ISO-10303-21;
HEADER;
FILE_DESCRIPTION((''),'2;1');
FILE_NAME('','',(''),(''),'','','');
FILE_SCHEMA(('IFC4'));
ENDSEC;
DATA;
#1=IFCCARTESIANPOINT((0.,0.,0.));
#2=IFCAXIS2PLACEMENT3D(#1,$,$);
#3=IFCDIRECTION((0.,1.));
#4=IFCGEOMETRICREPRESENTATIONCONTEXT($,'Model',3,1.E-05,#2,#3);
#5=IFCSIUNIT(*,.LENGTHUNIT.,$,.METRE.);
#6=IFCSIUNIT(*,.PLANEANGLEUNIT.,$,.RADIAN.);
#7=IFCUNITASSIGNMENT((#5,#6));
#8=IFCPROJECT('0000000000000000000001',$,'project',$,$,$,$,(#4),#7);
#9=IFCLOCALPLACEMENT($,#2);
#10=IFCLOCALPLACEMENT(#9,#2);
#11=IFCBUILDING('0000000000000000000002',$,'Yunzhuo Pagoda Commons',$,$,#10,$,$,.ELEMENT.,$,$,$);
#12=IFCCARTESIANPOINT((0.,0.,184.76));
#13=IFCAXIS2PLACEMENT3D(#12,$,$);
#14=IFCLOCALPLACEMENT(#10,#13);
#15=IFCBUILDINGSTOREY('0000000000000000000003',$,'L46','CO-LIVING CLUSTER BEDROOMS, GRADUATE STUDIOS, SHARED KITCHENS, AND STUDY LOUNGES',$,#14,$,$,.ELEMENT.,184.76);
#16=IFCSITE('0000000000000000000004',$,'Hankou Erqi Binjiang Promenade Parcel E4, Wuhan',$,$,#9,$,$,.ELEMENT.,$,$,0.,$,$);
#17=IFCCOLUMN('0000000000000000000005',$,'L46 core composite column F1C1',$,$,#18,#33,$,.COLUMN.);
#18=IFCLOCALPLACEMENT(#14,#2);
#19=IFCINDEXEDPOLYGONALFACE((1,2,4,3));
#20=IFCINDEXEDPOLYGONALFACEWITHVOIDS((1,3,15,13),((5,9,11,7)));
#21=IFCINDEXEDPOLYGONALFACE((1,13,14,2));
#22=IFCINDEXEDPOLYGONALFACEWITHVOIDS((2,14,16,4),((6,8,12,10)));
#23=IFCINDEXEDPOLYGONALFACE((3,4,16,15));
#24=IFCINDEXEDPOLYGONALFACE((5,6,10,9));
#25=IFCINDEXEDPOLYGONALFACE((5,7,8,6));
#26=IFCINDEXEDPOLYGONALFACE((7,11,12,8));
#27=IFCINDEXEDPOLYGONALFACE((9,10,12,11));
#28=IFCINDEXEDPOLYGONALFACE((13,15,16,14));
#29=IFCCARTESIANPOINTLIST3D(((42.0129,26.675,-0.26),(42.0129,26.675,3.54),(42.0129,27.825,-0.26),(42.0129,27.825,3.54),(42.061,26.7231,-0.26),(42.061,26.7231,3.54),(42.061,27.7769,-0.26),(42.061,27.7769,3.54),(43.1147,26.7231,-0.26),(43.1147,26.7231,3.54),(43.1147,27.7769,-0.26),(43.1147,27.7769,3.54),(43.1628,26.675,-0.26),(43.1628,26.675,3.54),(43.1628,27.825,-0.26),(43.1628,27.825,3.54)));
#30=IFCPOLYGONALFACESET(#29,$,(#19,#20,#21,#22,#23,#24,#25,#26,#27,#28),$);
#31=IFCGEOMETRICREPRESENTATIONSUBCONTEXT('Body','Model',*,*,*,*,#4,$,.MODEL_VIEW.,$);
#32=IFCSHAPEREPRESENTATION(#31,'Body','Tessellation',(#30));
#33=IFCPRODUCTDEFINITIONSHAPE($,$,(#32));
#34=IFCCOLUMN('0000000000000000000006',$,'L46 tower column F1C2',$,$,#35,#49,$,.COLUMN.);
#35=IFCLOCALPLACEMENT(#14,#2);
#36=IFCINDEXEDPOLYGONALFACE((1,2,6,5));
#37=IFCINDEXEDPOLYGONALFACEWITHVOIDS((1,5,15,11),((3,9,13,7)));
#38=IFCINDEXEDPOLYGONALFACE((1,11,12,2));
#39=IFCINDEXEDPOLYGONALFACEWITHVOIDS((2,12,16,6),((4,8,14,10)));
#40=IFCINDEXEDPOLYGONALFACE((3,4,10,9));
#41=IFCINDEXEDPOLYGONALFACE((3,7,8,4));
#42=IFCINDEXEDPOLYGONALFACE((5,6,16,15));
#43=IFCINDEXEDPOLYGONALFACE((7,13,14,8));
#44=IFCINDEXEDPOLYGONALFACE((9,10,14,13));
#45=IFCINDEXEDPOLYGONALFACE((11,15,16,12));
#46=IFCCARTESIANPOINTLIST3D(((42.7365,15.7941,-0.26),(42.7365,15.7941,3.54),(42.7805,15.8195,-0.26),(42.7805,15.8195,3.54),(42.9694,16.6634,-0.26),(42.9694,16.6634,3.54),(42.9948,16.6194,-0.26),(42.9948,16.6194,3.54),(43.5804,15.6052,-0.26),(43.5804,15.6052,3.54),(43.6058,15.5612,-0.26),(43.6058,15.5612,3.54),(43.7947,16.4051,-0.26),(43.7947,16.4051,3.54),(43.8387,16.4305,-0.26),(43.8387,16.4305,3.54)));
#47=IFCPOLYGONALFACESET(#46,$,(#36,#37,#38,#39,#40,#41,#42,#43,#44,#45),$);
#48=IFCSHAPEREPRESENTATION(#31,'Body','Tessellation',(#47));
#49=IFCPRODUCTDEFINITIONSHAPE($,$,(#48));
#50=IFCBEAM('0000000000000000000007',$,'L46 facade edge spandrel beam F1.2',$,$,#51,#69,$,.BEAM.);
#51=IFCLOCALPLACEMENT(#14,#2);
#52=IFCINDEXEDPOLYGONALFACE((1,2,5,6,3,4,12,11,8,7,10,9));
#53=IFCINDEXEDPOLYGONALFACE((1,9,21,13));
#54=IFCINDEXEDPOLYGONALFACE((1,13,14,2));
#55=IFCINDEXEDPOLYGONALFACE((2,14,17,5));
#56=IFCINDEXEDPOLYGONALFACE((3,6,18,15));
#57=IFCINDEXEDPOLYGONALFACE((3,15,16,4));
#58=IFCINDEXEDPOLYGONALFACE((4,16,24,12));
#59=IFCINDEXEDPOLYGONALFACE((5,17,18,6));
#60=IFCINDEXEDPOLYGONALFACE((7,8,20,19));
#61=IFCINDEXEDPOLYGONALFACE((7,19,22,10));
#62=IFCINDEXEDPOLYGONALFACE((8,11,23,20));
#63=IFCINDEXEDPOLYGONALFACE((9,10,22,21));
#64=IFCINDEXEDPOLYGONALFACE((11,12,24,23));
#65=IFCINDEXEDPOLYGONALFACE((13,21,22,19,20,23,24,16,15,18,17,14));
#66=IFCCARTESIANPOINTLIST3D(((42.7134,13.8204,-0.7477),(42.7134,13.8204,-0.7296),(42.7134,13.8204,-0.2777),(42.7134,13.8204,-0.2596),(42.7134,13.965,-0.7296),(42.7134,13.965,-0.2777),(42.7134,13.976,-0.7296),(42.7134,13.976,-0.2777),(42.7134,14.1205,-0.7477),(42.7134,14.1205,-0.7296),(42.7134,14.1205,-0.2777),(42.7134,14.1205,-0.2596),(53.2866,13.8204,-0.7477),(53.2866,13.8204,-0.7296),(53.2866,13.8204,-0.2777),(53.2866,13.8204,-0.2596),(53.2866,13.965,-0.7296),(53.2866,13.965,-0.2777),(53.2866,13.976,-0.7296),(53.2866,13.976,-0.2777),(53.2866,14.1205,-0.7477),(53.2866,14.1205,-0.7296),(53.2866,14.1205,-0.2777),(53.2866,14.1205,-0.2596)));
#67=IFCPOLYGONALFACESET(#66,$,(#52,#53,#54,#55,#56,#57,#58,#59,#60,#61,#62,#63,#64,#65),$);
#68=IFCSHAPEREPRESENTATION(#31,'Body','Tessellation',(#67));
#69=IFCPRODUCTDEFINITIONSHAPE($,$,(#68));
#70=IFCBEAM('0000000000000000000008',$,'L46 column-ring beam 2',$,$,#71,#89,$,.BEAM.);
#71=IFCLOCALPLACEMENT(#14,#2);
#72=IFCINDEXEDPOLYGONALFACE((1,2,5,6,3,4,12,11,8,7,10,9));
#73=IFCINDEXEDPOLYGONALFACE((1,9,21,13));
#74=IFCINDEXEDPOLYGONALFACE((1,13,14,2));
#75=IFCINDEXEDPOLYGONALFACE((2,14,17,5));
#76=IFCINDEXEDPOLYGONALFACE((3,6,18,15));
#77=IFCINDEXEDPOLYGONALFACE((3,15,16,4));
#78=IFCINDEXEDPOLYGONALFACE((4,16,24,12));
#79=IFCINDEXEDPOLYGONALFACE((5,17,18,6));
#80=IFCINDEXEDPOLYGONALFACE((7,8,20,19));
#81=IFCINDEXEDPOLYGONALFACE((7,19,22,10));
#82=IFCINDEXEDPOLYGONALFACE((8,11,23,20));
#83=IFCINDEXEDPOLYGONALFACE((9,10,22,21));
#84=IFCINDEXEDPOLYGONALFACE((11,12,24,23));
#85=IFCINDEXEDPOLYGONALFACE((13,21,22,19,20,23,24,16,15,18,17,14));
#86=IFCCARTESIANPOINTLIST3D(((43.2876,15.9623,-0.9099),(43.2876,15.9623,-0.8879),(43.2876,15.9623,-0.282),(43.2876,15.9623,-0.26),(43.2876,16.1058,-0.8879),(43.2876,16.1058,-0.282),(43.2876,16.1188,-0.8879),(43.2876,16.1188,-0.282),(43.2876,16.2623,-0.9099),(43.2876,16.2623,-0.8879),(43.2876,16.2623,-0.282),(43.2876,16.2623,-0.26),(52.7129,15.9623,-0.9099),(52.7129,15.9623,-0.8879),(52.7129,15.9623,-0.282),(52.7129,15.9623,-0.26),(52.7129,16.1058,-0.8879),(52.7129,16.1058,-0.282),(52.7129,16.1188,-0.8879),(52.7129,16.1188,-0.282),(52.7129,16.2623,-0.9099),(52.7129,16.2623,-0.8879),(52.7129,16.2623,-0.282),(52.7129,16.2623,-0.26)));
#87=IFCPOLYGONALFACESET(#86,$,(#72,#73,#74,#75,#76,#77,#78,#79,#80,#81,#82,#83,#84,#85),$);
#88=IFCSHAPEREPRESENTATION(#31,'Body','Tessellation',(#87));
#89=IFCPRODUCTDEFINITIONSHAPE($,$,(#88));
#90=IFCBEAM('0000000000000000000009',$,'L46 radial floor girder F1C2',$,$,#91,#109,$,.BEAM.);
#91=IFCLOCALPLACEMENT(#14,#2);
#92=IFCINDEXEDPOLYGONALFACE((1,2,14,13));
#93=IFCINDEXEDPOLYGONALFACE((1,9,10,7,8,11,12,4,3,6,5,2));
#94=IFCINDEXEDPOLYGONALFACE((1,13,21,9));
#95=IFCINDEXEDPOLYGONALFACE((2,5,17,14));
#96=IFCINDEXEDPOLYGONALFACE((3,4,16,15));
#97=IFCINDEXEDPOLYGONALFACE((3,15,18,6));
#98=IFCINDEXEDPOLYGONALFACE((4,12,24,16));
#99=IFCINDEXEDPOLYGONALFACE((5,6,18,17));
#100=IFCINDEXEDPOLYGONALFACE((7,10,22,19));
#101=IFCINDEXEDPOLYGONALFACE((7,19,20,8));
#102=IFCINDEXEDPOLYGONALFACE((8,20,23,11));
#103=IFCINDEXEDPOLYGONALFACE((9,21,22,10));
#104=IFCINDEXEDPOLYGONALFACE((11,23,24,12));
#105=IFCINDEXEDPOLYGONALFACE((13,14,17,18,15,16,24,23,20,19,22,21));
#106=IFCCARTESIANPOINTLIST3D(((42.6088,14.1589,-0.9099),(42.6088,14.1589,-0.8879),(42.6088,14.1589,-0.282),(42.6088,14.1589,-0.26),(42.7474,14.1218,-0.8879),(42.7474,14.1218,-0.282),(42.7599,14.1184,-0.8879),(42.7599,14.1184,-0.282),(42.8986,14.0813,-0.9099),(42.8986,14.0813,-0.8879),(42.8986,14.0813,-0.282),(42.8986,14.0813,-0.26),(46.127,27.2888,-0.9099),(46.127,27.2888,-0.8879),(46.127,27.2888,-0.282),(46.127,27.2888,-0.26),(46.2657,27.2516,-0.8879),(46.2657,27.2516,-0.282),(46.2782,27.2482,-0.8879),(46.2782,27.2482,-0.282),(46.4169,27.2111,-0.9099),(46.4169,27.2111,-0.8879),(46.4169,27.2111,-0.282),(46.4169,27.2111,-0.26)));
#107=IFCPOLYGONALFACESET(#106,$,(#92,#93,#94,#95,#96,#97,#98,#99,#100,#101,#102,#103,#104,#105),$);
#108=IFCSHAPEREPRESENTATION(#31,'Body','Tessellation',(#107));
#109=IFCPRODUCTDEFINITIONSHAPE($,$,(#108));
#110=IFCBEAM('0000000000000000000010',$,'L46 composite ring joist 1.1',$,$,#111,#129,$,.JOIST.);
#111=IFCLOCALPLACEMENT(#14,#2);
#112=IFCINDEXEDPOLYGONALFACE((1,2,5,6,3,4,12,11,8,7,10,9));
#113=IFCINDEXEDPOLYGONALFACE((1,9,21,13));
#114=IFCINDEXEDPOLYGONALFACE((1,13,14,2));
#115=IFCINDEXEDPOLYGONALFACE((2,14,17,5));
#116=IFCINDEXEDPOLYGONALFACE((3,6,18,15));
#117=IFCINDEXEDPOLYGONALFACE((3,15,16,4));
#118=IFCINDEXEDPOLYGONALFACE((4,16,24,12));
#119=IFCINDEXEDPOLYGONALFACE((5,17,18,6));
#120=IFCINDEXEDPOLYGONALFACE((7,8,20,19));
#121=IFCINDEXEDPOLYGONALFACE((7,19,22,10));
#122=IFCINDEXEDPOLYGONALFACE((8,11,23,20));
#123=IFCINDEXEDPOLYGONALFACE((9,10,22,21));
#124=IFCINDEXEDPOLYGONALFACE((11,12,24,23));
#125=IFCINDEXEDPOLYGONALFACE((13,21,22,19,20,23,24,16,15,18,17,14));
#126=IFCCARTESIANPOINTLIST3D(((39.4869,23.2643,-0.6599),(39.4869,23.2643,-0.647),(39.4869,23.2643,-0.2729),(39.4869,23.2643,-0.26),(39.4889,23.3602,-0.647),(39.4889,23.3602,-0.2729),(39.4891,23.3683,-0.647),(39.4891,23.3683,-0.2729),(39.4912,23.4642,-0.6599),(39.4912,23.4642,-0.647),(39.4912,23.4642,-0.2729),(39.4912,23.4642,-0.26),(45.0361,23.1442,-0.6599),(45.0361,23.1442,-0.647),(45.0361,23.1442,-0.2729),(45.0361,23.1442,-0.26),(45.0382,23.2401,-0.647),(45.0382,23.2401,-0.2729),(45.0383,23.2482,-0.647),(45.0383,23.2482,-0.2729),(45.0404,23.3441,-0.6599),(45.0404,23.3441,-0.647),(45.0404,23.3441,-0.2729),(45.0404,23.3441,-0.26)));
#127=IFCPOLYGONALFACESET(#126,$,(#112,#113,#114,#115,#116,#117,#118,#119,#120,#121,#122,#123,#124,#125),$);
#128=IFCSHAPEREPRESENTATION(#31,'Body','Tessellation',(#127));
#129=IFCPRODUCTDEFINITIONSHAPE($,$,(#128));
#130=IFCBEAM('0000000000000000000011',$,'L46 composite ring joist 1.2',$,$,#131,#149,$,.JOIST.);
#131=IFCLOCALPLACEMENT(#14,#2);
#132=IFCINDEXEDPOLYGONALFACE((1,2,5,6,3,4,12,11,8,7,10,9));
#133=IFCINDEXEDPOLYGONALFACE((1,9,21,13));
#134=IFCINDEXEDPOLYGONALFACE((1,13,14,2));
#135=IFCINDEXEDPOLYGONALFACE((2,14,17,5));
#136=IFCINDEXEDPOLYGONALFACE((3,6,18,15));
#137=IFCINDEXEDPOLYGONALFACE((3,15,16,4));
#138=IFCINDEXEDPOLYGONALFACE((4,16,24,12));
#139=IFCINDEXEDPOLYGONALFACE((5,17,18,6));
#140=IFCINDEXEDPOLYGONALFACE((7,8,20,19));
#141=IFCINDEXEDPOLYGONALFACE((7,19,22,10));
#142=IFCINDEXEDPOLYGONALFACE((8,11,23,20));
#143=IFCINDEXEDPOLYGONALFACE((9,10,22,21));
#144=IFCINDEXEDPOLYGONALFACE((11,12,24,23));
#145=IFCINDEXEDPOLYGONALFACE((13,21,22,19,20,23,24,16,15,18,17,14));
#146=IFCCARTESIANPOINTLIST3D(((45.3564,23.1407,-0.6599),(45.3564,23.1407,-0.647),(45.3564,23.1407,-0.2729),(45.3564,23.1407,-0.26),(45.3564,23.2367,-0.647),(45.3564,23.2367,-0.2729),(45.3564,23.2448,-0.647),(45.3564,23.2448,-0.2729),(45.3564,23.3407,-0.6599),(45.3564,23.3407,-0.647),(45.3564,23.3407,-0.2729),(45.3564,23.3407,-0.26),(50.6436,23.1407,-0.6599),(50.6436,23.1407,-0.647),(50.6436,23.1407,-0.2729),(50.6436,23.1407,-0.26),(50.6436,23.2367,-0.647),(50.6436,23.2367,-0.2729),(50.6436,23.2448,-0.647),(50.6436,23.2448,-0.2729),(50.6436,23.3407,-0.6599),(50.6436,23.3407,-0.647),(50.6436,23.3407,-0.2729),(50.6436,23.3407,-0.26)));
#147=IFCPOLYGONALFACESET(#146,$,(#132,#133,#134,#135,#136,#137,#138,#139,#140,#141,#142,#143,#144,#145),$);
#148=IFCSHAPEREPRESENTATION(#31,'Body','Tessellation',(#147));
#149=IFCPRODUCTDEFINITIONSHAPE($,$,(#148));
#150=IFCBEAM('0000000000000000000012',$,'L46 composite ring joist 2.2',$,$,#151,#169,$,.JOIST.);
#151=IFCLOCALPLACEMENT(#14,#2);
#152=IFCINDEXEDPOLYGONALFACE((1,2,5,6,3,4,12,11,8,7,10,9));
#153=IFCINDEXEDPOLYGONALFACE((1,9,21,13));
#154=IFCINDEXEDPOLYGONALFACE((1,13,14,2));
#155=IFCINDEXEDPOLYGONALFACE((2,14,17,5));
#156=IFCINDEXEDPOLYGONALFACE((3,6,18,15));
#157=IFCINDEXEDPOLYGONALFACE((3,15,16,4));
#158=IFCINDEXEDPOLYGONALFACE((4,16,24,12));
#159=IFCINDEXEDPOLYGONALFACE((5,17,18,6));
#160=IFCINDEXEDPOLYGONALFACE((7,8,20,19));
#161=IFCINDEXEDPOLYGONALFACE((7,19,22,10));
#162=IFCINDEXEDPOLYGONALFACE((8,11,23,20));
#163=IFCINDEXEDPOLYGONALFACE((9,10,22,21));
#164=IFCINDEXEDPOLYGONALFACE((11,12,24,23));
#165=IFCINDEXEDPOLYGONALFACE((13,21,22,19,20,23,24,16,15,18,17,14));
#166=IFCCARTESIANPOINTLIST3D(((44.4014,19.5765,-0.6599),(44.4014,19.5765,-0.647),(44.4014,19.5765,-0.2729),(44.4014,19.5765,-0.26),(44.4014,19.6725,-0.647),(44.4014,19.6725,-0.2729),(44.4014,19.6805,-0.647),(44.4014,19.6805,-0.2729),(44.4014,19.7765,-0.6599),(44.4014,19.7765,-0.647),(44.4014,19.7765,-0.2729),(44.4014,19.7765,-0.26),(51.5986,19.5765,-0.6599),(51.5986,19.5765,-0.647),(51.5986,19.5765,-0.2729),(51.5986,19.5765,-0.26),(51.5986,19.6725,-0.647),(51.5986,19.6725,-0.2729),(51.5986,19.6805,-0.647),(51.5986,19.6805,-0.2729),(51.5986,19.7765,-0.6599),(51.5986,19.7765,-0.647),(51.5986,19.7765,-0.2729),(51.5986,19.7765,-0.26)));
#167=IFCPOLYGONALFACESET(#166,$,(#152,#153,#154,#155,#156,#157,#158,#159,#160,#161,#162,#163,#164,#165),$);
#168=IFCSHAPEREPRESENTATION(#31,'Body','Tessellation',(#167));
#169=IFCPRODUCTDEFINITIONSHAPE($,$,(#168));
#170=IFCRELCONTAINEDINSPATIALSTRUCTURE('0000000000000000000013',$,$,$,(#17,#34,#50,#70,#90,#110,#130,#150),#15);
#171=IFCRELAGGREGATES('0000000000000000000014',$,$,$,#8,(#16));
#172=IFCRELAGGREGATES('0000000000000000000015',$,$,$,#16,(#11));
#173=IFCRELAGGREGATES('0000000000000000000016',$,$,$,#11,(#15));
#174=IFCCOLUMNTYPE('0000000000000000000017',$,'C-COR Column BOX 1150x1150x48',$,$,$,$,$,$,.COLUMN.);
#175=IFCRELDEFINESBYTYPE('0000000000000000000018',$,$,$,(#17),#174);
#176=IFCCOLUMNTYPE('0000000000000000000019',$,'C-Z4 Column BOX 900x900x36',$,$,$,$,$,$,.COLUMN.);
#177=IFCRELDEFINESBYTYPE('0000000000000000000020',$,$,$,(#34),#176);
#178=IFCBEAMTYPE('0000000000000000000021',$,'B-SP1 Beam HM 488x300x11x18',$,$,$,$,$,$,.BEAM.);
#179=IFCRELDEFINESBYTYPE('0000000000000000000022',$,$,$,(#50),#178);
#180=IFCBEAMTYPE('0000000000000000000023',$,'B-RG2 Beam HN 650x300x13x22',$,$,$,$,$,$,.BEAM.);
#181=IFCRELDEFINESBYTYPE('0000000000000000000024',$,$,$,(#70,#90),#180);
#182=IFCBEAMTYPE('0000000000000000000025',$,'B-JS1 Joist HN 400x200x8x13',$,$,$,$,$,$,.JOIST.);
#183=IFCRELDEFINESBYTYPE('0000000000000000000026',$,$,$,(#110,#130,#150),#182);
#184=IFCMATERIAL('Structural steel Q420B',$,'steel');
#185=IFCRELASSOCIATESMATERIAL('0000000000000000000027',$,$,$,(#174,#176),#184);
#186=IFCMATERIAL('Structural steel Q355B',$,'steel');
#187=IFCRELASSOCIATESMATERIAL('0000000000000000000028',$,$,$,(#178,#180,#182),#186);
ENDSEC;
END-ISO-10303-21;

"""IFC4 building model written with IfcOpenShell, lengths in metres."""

from ifc_helpers import new_model, si_unit, direction, frame, origin, origin_2d, place, context, subcontext, project, spatial, hollow_rectangle, i_section, extrude, source, transform, mapped, material, material_profile, profile_set, type_object, element, save


model = new_model("IFC4")

# Units and contexts
model_context = context("Model", 3, precision=1e-05, world=origin(), true_north=direction((0.0, 1.0)))
body_context = subcontext(model_context, "Body", "Model", "MODEL_VIEW")
ifc_project = project(units=[si_unit("LENGTHUNIT", "METRE"), si_unit("PLANEANGLEUNIT", "RADIAN")], contexts=[model_context])

# Site, building, storey
site_placement = place(None, origin())
site = spatial("IfcSite", under=ifc_project, at=site_placement, Name="Hankou Erqi Binjiang Promenade Parcel E4, Wuhan", CompositionType="ELEMENT", RefElevation=0.0)
building_placement = place(site_placement, origin())
building = spatial("IfcBuilding", under=site, at=building_placement, Name="Yunzhuo Pagoda Commons", CompositionType="ELEMENT")
storey_placement = place(building_placement, frame((0.0, 0.0, 184.76)))
storey = spatial("IfcBuildingStorey", under=building, at=storey_placement, Name="L46", Description="CO-LIVING CLUSTER BEDROOMS, GRADUATE STUDIOS, SHARED KITCHENS, AND STUDY LOUNGES", CompositionType="ELEMENT", Elevation=184.76)

# Columns
ifc_material_1 = material(Name="Structural steel Q420B", Category="steel")
ifc_material_profile_1 = material_profile(ifc_material_1, hollow_rectangle(XDim=1.1499, YDim=1.1499, WallThickness=0.0481, at=origin_2d()), Name="Structural steel Q420B")
ifc_profile_set_1 = profile_set([ifc_material_profile_1], Name="Structural steel Q420B")
column_type_1 = type_object("IfcColumnType", Name="C-COR Column BOX 1150x1150x48", PredefinedType="COLUMN", material=ifc_profile_set_1)
shared_shape_1 = source(origin(), body_context, "Body", "SweptSolid", [
    extrude(hollow_rectangle(XDim=1.1499, YDim=1.1499, WallThickness=0.0481, at=origin_2d()), origin(), (0.0, 0.0, 1.0), 3.8),
])
column_1_placement = place(storey_placement, frame((42.5879, 27.25, -0.26), z_axis=(0.0, 0.0, 1.0), x_axis=(1.0, 0.0, 0.0)))
element("IfcColumn", 1, at=column_1_placement, inside=storey, type_object=column_type_1, Name="L46 core composite column F1C1", PredefinedType="COLUMN", context=body_context, shape_type="MappedRepresentation", body=[
    mapped(shared_shape_1, transform((0.0, 0.0, 0.0), scale=1.0)),
])
ifc_material_profile_2 = material_profile(ifc_material_1, hollow_rectangle(XDim=0.8999, YDim=0.8999, WallThickness=0.0359, at=origin_2d()), Name="Structural steel Q420B")
ifc_profile_set_2 = profile_set([ifc_material_profile_2], Name="Structural steel Q420B")
column_type_2 = type_object("IfcColumnType", Name="C-Z4 Column BOX 900x900x36", PredefinedType="COLUMN", material=ifc_profile_set_2)
shared_shape_2 = source(origin(), body_context, "Body", "SweptSolid", [
    extrude(hollow_rectangle(XDim=0.8999, YDim=0.8999, WallThickness=0.0359, at=origin_2d()), origin(), (0.0, 0.0, 1.0), 3.8),
])
column_2_placement = place(storey_placement, frame((43.2876, 16.1123, -0.26), z_axis=(0.0, 0.0, 1.0), x_axis=(0.965926, -0.258819, 0.0)))
element("IfcColumn", 2, at=column_2_placement, inside=storey, type_object=column_type_2, Name="L46 tower column F1C2", PredefinedType="COLUMN", context=body_context, shape_type="MappedRepresentation", body=[
    mapped(shared_shape_2, transform((0.0, 0.0, 0.0), scale=1.0)),
])

# Beams
ifc_material_2 = material(Name="Structural steel Q355B", Category="steel")
ifc_material_profile_3 = material_profile(ifc_material_2, i_section(OverallWidth=0.3, OverallDepth=0.488, WebThickness=0.011, FlangeThickness=0.0181, at=origin_2d()), Name="Structural steel Q355B")
ifc_profile_set_3 = profile_set([ifc_material_profile_3], Name="Structural steel Q355B")
beam_type_1 = type_object("IfcBeamType", Name="B-SP1 Beam HM 488x300x11x18", PredefinedType="BEAM", material=ifc_profile_set_3)
shared_shape_3 = source(origin(), body_context, "Body", "SweptSolid", [
    extrude(i_section(OverallWidth=0.3, OverallDepth=0.488, WebThickness=0.011, FlangeThickness=0.0181, at=origin_2d()), origin(), (0.0, 0.0, 1.0), 10.5732),
])
beam_1_placement = place(storey_placement, frame((42.7134, 13.9705, -0.5037), z_axis=(1.0, 0.0, 0.0), x_axis=(0.0, 1.0, 0.0)))
element("IfcBeam", 3, at=beam_1_placement, inside=storey, type_object=beam_type_1, Name="L46 facade edge spandrel beam F1.2", PredefinedType="BEAM", context=body_context, shape_type="MappedRepresentation", body=[
    mapped(shared_shape_3, transform((0.0, 0.0, 0.0), scale=1.0)),
])
ifc_material_profile_4 = material_profile(ifc_material_2, i_section(OverallWidth=0.3, OverallDepth=0.6499, WebThickness=0.0129, FlangeThickness=0.022, at=origin_2d()), Name="Structural steel Q355B")
ifc_profile_set_4 = profile_set([ifc_material_profile_4], Name="Structural steel Q355B")
beam_type_2 = type_object("IfcBeamType", Name="B-RG2 Beam HN 650x300x13x22", PredefinedType="BEAM", material=ifc_profile_set_4)
shared_shape_4 = source(origin(), body_context, "Body", "SweptSolid", [
    extrude(i_section(OverallWidth=0.3, OverallDepth=0.6499, WebThickness=0.0129, FlangeThickness=0.022, at=origin_2d()), origin(), (0.0, 0.0, 1.0), 9.4253),
])
beam_2_placement = place(storey_placement, frame((43.2876, 16.1123, -0.585), z_axis=(1.0, 0.0, 0.0), x_axis=(0.0, 1.0, 0.0)))
element("IfcBeam", 4, at=beam_2_placement, inside=storey, type_object=beam_type_2, Name="L46 column-ring beam 2", PredefinedType="BEAM", context=body_context, shape_type="MappedRepresentation", body=[
    mapped(shared_shape_4, transform((0.0, 0.0, 0.0), scale=1.0)),
])
shared_shape_5 = source(origin(), body_context, "Body", "SweptSolid", [
    extrude(i_section(OverallWidth=0.3, OverallDepth=0.6499, WebThickness=0.0129, FlangeThickness=0.022, at=origin_2d()), origin(), (0.0, 0.0, 1.0), 13.593),
])
beam_3_placement = place(storey_placement, frame((42.7537, 14.1201, -0.585), z_axis=(0.258831, 0.965923, 0.0), x_axis=(-0.965923, 0.258831, 0.0)))
element("IfcBeam", 5, at=beam_3_placement, inside=storey, type_object=beam_type_2, Name="L46 radial floor girder F1C2", PredefinedType="BEAM", context=body_context, shape_type="MappedRepresentation", body=[
    mapped(shared_shape_5, transform((0.0, 0.0, 0.0), scale=1.0)),
])
ifc_material_profile_5 = material_profile(ifc_material_2, i_section(OverallWidth=0.2, OverallDepth=0.3999, WebThickness=0.0081, FlangeThickness=0.0129, at=origin_2d()), Name="Structural steel Q355B")
ifc_profile_set_5 = profile_set([ifc_material_profile_5], Name="Structural steel Q355B")
beam_type_3 = type_object("IfcBeamType", Name="B-JS1 Joist HN 400x200x8x13", PredefinedType="JOIST", material=ifc_profile_set_5)
shared_shape_6 = source(origin(), body_context, "Body", "SweptSolid", [
    extrude(i_section(OverallWidth=0.2, OverallDepth=0.3999, WebThickness=0.0081, FlangeThickness=0.0129, at=origin_2d()), origin(), (0.0, 0.0, 1.0), 5.5505),
])
beam_4_placement = place(storey_placement, frame((39.489, 23.3643, -0.46), z_axis=(0.999766, -0.02164, 0.0), x_axis=(0.02164, 0.999766, 0.0)))
element("IfcBeam", 6, at=beam_4_placement, inside=storey, type_object=beam_type_3, Name="L46 composite ring joist 1.1", PredefinedType="JOIST", context=body_context, shape_type="MappedRepresentation", body=[
    mapped(shared_shape_6, transform((0.0, 0.0, 0.0), scale=1.0)),
])
shared_shape_7 = source(origin(), body_context, "Body", "SweptSolid", [
    extrude(i_section(OverallWidth=0.2, OverallDepth=0.3999, WebThickness=0.0081, FlangeThickness=0.0129, at=origin_2d()), origin(), (0.0, 0.0, 1.0), 5.2871),
])
beam_5_placement = place(storey_placement, frame((45.3564, 23.2407, -0.46), z_axis=(1.0, 0.0, 0.0), x_axis=(0.0, 1.0, 0.0)))
element("IfcBeam", 7, at=beam_5_placement, inside=storey, type_object=beam_type_3, Name="L46 composite ring joist 1.2", PredefinedType="JOIST", context=body_context, shape_type="MappedRepresentation", body=[
    mapped(shared_shape_7, transform((0.0, 0.0, 0.0), scale=1.0)),
])
shared_shape_8 = source(origin(), body_context, "Body", "SweptSolid", [
    extrude(i_section(OverallWidth=0.2, OverallDepth=0.3999, WebThickness=0.0081, FlangeThickness=0.0129, at=origin_2d()), origin(), (0.0, 0.0, 1.0), 7.1973),
])
beam_6_placement = place(storey_placement, frame((44.4014, 19.6765, -0.46), z_axis=(1.0, 0.0, 0.0), x_axis=(0.0, 1.0, 0.0)))
element("IfcBeam", 8, at=beam_6_placement, inside=storey, type_object=beam_type_3, Name="L46 composite ring joist 2.2", PredefinedType="JOIST", context=body_context, shape_type="MappedRepresentation", body=[
    mapped(shared_shape_8, transform((0.0, 0.0, 0.0), scale=1.0)),
])

save(model, "model.ifc")
